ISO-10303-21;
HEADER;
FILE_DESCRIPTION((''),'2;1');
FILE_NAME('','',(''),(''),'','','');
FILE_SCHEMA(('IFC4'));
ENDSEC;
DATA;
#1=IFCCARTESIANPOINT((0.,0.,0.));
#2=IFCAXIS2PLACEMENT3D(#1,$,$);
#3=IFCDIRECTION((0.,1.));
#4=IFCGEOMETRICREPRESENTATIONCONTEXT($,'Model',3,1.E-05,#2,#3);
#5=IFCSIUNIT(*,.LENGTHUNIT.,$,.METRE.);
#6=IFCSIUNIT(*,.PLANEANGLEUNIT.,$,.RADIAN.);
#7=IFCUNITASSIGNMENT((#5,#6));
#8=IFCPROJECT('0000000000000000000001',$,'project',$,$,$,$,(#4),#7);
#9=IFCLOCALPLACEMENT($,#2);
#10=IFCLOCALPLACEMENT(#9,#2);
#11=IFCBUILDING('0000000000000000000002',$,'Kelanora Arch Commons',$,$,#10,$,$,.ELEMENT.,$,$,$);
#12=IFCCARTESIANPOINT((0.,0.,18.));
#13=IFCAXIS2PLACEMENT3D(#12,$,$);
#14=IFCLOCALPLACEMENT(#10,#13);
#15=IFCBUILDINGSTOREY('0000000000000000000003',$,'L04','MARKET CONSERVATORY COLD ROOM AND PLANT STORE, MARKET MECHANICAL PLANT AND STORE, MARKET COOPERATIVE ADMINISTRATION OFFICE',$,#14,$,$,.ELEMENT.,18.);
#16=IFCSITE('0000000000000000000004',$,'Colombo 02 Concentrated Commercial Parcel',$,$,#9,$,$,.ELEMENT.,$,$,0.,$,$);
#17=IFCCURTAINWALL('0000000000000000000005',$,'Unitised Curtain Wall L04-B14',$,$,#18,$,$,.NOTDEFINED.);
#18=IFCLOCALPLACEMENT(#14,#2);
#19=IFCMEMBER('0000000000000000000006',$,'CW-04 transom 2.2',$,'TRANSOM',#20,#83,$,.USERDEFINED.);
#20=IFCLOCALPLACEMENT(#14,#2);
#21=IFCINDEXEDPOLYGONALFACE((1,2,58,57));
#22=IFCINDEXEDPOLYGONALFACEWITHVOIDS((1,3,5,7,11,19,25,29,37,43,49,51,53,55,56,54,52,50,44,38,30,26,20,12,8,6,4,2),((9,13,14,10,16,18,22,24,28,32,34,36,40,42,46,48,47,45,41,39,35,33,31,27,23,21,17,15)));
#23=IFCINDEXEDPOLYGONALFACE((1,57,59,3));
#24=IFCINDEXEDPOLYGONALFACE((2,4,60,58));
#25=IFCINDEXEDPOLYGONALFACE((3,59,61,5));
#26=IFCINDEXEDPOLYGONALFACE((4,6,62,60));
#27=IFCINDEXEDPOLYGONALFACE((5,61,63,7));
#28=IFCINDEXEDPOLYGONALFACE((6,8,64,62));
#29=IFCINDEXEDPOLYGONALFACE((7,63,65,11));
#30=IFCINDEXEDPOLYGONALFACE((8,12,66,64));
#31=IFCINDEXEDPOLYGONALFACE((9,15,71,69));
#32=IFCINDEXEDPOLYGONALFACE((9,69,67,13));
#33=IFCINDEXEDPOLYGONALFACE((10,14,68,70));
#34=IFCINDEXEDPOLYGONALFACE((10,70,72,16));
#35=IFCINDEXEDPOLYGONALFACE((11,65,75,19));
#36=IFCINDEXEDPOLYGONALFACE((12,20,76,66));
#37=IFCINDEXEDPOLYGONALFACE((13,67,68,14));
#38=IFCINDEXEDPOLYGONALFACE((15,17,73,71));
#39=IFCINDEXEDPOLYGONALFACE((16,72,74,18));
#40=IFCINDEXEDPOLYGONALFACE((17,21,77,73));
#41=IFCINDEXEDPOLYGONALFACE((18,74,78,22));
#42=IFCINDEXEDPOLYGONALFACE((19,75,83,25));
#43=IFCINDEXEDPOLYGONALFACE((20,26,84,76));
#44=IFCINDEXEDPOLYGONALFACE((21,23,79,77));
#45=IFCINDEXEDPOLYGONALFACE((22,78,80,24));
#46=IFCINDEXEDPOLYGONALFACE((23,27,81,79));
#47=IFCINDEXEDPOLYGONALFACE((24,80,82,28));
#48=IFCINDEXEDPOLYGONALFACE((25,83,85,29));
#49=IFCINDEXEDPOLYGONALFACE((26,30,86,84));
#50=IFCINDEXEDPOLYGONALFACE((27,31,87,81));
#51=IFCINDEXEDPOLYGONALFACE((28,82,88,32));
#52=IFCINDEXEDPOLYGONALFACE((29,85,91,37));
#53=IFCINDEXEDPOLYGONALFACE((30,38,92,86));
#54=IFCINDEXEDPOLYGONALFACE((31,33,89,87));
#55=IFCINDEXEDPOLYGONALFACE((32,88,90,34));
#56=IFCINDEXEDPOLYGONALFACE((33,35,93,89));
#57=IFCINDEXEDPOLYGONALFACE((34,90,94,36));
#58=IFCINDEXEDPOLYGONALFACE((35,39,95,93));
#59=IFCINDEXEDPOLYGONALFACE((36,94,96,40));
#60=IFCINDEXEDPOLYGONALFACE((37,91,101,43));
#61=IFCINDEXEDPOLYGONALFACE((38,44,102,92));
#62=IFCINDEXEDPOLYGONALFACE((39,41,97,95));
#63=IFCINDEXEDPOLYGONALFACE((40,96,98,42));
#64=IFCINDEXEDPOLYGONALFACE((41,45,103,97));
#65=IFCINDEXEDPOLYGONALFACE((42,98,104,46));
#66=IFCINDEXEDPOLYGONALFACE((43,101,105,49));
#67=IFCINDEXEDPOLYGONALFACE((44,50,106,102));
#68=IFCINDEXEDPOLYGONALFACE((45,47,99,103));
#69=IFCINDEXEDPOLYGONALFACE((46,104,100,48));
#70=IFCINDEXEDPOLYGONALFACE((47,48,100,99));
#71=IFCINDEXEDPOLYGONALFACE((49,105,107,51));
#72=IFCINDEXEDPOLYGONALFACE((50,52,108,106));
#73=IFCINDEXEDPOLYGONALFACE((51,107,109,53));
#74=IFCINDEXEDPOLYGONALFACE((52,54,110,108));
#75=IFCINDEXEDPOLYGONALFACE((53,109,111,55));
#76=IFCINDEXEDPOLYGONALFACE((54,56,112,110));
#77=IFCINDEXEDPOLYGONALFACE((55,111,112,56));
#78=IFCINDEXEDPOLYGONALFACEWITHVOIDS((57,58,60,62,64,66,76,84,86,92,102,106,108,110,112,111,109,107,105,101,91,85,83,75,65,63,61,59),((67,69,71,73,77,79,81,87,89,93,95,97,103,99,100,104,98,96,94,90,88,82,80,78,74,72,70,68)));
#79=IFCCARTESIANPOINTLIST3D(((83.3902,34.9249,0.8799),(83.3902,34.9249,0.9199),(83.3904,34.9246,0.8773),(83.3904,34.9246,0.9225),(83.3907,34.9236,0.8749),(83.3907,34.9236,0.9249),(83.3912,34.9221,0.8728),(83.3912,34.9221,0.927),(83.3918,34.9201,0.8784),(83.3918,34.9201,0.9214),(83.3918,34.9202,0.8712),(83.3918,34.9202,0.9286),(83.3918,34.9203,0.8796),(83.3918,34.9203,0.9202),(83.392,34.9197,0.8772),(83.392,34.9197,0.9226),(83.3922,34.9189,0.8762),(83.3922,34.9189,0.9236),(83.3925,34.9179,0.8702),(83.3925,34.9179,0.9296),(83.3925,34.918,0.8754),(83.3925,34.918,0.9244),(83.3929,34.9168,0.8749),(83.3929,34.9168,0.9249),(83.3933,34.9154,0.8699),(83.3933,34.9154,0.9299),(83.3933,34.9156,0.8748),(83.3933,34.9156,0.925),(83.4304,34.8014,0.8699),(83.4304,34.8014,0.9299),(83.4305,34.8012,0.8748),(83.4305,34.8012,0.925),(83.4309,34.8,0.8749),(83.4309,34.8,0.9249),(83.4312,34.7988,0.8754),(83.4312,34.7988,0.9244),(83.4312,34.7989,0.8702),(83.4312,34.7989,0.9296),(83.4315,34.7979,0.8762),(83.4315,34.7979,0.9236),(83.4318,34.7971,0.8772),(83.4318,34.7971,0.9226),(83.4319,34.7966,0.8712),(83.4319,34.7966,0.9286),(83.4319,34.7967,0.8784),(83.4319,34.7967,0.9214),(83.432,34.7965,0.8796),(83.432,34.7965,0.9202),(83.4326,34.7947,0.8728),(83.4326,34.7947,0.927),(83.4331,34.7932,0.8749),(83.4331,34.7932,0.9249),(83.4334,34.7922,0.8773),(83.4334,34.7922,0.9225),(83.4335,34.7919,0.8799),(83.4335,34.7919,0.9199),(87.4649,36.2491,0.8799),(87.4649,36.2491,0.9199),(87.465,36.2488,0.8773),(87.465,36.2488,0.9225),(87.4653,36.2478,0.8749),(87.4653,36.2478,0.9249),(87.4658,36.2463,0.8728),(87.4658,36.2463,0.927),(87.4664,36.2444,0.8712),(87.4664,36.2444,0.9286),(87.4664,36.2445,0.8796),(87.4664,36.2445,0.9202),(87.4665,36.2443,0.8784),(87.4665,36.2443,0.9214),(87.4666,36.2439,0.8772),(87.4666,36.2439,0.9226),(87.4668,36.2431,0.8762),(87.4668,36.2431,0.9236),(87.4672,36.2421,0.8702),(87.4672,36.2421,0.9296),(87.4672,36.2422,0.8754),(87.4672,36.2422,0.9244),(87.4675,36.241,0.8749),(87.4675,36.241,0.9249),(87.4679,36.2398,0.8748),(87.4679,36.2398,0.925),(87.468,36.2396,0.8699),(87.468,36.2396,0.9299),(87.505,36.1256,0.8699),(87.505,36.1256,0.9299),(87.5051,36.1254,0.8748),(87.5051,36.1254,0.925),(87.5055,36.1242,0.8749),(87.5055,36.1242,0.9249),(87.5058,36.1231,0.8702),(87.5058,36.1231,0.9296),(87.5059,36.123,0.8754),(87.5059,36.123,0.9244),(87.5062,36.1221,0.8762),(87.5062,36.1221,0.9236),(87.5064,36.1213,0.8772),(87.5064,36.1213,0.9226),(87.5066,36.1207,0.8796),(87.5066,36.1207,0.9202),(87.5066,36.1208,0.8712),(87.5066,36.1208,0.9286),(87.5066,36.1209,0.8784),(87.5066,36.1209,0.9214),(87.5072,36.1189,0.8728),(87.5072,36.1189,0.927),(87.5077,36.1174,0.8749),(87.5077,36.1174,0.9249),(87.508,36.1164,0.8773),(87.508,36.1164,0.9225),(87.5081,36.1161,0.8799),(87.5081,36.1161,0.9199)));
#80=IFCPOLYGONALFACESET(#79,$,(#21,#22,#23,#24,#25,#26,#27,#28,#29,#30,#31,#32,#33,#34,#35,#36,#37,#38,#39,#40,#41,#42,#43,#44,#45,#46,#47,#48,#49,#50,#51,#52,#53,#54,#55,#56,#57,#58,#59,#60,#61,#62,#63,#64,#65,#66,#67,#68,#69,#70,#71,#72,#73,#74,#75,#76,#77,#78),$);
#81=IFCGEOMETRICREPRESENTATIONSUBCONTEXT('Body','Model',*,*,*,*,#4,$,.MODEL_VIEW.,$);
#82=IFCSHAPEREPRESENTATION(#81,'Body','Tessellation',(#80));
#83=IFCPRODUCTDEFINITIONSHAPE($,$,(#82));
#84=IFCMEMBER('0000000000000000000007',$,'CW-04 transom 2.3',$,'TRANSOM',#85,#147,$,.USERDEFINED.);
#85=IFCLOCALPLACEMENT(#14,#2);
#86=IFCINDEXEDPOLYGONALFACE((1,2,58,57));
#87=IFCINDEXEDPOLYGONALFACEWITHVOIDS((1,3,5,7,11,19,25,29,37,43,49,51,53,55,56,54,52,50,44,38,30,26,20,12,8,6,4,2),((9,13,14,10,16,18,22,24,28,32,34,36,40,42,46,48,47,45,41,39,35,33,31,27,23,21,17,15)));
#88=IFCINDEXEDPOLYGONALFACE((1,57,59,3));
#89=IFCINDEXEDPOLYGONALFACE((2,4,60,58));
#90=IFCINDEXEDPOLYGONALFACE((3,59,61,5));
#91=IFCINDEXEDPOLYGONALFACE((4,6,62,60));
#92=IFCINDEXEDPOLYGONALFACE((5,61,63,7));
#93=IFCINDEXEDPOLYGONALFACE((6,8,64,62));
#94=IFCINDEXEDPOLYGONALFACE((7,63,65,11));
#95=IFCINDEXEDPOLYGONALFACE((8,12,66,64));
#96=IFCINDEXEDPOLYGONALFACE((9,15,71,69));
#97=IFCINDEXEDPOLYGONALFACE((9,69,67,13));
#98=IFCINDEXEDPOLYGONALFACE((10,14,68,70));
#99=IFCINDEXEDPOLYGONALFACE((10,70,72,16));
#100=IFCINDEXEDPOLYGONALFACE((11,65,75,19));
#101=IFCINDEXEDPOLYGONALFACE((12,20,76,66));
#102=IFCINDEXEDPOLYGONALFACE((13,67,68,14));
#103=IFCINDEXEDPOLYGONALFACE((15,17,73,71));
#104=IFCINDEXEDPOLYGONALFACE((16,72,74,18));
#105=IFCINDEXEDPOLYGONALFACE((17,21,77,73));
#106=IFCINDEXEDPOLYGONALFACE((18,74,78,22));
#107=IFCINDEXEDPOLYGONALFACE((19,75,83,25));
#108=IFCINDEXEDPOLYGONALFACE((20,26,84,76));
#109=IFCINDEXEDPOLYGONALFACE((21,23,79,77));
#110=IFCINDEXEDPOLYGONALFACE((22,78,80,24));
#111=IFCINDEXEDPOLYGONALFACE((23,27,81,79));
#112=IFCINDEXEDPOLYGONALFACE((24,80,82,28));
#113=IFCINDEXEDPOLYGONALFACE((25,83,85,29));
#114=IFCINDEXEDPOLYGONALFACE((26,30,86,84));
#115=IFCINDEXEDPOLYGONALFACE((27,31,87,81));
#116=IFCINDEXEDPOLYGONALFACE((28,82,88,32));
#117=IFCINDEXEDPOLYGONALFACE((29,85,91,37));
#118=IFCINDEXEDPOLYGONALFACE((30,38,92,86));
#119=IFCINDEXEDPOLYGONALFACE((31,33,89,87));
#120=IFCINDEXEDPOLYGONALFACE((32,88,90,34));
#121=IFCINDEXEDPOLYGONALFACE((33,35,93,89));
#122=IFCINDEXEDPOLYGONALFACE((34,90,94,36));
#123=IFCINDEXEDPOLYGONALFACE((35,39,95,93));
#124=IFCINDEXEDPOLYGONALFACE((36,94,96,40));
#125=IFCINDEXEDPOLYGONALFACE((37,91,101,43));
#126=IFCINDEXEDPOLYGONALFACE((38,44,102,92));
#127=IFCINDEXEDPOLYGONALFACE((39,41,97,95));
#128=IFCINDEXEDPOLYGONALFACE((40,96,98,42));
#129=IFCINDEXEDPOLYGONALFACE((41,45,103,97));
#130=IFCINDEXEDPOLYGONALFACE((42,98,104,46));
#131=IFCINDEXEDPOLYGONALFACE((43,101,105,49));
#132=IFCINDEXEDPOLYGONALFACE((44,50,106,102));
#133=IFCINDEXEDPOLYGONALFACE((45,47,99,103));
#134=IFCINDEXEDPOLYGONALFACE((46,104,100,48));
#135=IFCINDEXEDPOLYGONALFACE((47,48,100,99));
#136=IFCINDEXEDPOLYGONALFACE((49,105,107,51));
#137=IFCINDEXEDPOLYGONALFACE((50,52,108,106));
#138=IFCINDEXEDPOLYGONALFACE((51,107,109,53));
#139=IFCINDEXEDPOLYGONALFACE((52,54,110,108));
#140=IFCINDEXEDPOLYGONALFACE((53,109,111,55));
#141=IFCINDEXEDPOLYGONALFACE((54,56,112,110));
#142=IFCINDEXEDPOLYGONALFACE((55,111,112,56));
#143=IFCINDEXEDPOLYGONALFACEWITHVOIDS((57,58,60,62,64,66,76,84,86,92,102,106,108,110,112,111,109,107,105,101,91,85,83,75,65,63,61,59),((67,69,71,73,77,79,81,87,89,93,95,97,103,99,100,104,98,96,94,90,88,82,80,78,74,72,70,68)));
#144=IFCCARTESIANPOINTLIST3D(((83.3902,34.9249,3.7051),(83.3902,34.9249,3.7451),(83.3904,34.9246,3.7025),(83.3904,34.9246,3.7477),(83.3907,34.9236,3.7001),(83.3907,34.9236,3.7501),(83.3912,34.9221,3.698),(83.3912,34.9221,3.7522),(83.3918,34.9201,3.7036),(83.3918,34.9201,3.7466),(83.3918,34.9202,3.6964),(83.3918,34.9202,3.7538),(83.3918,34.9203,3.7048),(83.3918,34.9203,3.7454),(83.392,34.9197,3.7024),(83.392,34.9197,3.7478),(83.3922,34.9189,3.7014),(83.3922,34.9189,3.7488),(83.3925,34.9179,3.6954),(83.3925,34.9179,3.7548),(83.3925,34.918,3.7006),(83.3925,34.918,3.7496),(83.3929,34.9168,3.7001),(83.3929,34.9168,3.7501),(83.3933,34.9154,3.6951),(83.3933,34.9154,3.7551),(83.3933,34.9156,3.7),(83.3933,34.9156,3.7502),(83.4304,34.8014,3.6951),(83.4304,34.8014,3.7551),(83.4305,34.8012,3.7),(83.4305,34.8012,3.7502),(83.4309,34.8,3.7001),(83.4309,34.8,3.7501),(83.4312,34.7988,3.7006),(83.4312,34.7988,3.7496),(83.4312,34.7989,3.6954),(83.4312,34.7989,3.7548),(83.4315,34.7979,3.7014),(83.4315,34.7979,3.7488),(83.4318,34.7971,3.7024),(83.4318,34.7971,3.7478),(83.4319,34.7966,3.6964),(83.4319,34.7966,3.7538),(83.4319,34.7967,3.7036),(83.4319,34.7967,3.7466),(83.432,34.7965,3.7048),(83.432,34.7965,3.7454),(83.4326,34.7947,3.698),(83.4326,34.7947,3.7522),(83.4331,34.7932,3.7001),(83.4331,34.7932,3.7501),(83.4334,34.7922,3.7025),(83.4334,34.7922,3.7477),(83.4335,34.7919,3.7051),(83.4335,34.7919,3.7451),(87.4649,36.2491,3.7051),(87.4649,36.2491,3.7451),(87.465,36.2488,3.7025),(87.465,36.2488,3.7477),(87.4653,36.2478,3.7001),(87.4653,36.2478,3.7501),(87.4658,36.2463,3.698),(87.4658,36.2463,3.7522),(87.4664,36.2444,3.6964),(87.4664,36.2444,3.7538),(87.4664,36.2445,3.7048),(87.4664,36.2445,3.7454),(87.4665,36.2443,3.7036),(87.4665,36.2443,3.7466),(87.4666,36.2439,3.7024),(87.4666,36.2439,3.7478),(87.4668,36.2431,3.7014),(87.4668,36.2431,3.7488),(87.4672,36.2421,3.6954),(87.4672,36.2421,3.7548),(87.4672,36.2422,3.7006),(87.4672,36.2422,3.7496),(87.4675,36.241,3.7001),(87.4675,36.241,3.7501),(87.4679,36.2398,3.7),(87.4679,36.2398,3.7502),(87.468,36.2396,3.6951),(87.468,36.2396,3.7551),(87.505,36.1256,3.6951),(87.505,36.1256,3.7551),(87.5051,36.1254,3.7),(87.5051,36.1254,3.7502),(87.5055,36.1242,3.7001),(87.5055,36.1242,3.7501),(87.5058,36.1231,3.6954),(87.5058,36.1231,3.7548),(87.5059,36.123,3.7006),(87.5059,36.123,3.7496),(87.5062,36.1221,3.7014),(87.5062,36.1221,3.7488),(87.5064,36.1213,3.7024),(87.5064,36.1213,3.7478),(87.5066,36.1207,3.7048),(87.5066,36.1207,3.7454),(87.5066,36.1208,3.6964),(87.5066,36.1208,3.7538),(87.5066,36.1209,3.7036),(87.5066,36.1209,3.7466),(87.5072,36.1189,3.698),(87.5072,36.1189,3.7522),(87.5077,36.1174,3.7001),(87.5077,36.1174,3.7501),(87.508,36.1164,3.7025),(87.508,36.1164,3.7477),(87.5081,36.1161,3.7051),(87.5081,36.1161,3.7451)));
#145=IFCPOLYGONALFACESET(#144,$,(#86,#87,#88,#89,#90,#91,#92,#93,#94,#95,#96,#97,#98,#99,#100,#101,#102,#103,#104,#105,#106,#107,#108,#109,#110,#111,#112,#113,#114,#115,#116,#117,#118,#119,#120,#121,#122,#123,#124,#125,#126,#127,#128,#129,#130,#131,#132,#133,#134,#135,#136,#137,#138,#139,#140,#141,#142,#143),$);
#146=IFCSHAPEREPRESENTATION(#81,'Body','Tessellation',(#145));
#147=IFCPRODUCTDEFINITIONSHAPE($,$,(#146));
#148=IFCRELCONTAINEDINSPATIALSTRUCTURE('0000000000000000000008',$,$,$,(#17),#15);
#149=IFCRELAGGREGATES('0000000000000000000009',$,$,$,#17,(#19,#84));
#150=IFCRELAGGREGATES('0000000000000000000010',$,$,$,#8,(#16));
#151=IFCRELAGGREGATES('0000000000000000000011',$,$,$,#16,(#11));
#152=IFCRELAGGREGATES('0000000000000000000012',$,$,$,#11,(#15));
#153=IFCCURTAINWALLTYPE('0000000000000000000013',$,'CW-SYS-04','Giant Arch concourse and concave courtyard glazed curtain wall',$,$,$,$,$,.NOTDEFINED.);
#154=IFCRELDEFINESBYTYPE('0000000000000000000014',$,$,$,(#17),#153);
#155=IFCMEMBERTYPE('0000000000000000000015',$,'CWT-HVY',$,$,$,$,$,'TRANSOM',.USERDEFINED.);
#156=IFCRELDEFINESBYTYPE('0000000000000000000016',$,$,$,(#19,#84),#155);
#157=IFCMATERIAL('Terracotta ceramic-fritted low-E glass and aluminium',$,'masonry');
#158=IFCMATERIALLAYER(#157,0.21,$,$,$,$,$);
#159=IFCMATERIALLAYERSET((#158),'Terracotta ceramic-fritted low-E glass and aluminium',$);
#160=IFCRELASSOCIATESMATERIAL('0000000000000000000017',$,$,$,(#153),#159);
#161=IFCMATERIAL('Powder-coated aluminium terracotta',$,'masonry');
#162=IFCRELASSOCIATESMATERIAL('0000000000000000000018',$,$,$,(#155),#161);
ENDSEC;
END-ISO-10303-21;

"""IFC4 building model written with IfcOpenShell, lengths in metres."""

from ifc_helpers import new_model, si_unit, direction, frame, origin, origin_2d, place, context, subcontext, project, spatial, hollow_rectangle, extrude, material, layer, layer_set, material_profile, profile_set, type_object, element, aggregate, save


model = new_model("IFC4")

# Units and contexts
model_context = context("Model", 3, precision=1e-05, world=origin(), true_north=direction((0.0, 1.0)))
body_context = subcontext(model_context, "Body", "Model", "MODEL_VIEW")
ifc_project = project(units=[si_unit("LENGTHUNIT", "METRE"), si_unit("PLANEANGLEUNIT", "RADIAN")], contexts=[model_context])

# Site, building, storey
site_placement = place(None, origin())
site = spatial("IfcSite", under=ifc_project, at=site_placement, Name="Colombo 02 Concentrated Commercial Parcel", CompositionType="ELEMENT", RefElevation=0.0)
building_placement = place(site_placement, origin())
building = spatial("IfcBuilding", under=site, at=building_placement, Name="Kelanora Arch Commons", CompositionType="ELEMENT")
storey_placement = place(building_placement, frame((0.0, 0.0, 18.0)))
storey = spatial("IfcBuildingStorey", under=building, at=storey_placement, Name="L04", Description="MARKET CONSERVATORY COLD ROOM AND PLANT STORE, MARKET MECHANICAL PLANT AND STORE, MARKET COOPERATIVE ADMINISTRATION OFFICE", CompositionType="ELEMENT", Elevation=18.0)

# Curtain wall
ifc_material_1 = material(Name="Terracotta ceramic-fritted low-E glass and aluminium", Category="masonry")
ifc_layer_1 = layer(ifc_material_1, 0.21)
ifc_layer_set_1 = layer_set([ifc_layer_1], Name="Terracotta ceramic-fritted low-E glass and aluminium")
curtain_wall_type = type_object("IfcCurtainWallType", Name="CW-SYS-04", Description="Giant Arch concourse and concave courtyard glazed curtain wall", PredefinedType="NOTDEFINED", material=ifc_layer_set_1)
curtain_wall_1_placement = place(storey_placement, origin())
curtain_wall_1 = element("IfcCurtainWall", 1, at=curtain_wall_1_placement, inside=storey, type_object=curtain_wall_type, Name="Unitised Curtain Wall L04-B14", PredefinedType="NOTDEFINED")
ifc_material_2 = material(Name="Powder-coated aluminium terracotta", Category="masonry")

# Members
ifc_material_profile_1 = material_profile(ifc_material_2, hollow_rectangle(XDim=0.1399, YDim=0.0601, WallThickness=0.0049, InnerFilletRadius=0.0049, OuterFilletRadius=0.01, at=origin_2d()), Name="CWT140x60")
ifc_profile_set_1 = profile_set([ifc_material_profile_1], Name="Powder-coated aluminium terracotta")
member_type_1 = type_object("IfcMemberType", Name="CWT-HVY", ElementType="TRANSOM", PredefinedType="USERDEFINED", material=ifc_profile_set_1)
member_1_placement = place(storey_placement, frame((83.4119, 34.8584, 0.8999), z_axis=(0.951038, 0.309073, 0.0), x_axis=(-0.309073, 0.951038, 0.0)))
member_1 = element("IfcMember", 2, at=member_1_placement, type_object=member_type_1, Name="CW-04 transom 2.2", ObjectType="TRANSOM", PredefinedType="USERDEFINED", context=body_context, shape_type="SweptSolid", body=[
    extrude(hollow_rectangle(XDim=0.1399, YDim=0.0601, WallThickness=0.0049, InnerFilletRadius=0.0049, OuterFilletRadius=0.01, at=origin_2d()), origin(), (0.0, 0.0, 1.0), 4.2844),
])
member_2_placement = place(storey_placement, frame((83.4119, 34.8584, 3.7251), z_axis=(0.951038, 0.309073, 0.0), x_axis=(-0.309073, 0.951038, 0.0)))
member_2 = element("IfcMember", 3, at=member_2_placement, type_object=member_type_1, Name="CW-04 transom 2.3", ObjectType="TRANSOM", PredefinedType="USERDEFINED", context=body_context, shape_type="SweptSolid", body=[
    extrude(hollow_rectangle(XDim=0.1399, YDim=0.0601, WallThickness=0.0049, InnerFilletRadius=0.0049, OuterFilletRadius=0.01, at=origin_2d()), origin(), (0.0, 0.0, 1.0), 4.2844),
])

aggregate(curtain_wall_1, [member_1, member_2])

save(model, "model.ifc")
